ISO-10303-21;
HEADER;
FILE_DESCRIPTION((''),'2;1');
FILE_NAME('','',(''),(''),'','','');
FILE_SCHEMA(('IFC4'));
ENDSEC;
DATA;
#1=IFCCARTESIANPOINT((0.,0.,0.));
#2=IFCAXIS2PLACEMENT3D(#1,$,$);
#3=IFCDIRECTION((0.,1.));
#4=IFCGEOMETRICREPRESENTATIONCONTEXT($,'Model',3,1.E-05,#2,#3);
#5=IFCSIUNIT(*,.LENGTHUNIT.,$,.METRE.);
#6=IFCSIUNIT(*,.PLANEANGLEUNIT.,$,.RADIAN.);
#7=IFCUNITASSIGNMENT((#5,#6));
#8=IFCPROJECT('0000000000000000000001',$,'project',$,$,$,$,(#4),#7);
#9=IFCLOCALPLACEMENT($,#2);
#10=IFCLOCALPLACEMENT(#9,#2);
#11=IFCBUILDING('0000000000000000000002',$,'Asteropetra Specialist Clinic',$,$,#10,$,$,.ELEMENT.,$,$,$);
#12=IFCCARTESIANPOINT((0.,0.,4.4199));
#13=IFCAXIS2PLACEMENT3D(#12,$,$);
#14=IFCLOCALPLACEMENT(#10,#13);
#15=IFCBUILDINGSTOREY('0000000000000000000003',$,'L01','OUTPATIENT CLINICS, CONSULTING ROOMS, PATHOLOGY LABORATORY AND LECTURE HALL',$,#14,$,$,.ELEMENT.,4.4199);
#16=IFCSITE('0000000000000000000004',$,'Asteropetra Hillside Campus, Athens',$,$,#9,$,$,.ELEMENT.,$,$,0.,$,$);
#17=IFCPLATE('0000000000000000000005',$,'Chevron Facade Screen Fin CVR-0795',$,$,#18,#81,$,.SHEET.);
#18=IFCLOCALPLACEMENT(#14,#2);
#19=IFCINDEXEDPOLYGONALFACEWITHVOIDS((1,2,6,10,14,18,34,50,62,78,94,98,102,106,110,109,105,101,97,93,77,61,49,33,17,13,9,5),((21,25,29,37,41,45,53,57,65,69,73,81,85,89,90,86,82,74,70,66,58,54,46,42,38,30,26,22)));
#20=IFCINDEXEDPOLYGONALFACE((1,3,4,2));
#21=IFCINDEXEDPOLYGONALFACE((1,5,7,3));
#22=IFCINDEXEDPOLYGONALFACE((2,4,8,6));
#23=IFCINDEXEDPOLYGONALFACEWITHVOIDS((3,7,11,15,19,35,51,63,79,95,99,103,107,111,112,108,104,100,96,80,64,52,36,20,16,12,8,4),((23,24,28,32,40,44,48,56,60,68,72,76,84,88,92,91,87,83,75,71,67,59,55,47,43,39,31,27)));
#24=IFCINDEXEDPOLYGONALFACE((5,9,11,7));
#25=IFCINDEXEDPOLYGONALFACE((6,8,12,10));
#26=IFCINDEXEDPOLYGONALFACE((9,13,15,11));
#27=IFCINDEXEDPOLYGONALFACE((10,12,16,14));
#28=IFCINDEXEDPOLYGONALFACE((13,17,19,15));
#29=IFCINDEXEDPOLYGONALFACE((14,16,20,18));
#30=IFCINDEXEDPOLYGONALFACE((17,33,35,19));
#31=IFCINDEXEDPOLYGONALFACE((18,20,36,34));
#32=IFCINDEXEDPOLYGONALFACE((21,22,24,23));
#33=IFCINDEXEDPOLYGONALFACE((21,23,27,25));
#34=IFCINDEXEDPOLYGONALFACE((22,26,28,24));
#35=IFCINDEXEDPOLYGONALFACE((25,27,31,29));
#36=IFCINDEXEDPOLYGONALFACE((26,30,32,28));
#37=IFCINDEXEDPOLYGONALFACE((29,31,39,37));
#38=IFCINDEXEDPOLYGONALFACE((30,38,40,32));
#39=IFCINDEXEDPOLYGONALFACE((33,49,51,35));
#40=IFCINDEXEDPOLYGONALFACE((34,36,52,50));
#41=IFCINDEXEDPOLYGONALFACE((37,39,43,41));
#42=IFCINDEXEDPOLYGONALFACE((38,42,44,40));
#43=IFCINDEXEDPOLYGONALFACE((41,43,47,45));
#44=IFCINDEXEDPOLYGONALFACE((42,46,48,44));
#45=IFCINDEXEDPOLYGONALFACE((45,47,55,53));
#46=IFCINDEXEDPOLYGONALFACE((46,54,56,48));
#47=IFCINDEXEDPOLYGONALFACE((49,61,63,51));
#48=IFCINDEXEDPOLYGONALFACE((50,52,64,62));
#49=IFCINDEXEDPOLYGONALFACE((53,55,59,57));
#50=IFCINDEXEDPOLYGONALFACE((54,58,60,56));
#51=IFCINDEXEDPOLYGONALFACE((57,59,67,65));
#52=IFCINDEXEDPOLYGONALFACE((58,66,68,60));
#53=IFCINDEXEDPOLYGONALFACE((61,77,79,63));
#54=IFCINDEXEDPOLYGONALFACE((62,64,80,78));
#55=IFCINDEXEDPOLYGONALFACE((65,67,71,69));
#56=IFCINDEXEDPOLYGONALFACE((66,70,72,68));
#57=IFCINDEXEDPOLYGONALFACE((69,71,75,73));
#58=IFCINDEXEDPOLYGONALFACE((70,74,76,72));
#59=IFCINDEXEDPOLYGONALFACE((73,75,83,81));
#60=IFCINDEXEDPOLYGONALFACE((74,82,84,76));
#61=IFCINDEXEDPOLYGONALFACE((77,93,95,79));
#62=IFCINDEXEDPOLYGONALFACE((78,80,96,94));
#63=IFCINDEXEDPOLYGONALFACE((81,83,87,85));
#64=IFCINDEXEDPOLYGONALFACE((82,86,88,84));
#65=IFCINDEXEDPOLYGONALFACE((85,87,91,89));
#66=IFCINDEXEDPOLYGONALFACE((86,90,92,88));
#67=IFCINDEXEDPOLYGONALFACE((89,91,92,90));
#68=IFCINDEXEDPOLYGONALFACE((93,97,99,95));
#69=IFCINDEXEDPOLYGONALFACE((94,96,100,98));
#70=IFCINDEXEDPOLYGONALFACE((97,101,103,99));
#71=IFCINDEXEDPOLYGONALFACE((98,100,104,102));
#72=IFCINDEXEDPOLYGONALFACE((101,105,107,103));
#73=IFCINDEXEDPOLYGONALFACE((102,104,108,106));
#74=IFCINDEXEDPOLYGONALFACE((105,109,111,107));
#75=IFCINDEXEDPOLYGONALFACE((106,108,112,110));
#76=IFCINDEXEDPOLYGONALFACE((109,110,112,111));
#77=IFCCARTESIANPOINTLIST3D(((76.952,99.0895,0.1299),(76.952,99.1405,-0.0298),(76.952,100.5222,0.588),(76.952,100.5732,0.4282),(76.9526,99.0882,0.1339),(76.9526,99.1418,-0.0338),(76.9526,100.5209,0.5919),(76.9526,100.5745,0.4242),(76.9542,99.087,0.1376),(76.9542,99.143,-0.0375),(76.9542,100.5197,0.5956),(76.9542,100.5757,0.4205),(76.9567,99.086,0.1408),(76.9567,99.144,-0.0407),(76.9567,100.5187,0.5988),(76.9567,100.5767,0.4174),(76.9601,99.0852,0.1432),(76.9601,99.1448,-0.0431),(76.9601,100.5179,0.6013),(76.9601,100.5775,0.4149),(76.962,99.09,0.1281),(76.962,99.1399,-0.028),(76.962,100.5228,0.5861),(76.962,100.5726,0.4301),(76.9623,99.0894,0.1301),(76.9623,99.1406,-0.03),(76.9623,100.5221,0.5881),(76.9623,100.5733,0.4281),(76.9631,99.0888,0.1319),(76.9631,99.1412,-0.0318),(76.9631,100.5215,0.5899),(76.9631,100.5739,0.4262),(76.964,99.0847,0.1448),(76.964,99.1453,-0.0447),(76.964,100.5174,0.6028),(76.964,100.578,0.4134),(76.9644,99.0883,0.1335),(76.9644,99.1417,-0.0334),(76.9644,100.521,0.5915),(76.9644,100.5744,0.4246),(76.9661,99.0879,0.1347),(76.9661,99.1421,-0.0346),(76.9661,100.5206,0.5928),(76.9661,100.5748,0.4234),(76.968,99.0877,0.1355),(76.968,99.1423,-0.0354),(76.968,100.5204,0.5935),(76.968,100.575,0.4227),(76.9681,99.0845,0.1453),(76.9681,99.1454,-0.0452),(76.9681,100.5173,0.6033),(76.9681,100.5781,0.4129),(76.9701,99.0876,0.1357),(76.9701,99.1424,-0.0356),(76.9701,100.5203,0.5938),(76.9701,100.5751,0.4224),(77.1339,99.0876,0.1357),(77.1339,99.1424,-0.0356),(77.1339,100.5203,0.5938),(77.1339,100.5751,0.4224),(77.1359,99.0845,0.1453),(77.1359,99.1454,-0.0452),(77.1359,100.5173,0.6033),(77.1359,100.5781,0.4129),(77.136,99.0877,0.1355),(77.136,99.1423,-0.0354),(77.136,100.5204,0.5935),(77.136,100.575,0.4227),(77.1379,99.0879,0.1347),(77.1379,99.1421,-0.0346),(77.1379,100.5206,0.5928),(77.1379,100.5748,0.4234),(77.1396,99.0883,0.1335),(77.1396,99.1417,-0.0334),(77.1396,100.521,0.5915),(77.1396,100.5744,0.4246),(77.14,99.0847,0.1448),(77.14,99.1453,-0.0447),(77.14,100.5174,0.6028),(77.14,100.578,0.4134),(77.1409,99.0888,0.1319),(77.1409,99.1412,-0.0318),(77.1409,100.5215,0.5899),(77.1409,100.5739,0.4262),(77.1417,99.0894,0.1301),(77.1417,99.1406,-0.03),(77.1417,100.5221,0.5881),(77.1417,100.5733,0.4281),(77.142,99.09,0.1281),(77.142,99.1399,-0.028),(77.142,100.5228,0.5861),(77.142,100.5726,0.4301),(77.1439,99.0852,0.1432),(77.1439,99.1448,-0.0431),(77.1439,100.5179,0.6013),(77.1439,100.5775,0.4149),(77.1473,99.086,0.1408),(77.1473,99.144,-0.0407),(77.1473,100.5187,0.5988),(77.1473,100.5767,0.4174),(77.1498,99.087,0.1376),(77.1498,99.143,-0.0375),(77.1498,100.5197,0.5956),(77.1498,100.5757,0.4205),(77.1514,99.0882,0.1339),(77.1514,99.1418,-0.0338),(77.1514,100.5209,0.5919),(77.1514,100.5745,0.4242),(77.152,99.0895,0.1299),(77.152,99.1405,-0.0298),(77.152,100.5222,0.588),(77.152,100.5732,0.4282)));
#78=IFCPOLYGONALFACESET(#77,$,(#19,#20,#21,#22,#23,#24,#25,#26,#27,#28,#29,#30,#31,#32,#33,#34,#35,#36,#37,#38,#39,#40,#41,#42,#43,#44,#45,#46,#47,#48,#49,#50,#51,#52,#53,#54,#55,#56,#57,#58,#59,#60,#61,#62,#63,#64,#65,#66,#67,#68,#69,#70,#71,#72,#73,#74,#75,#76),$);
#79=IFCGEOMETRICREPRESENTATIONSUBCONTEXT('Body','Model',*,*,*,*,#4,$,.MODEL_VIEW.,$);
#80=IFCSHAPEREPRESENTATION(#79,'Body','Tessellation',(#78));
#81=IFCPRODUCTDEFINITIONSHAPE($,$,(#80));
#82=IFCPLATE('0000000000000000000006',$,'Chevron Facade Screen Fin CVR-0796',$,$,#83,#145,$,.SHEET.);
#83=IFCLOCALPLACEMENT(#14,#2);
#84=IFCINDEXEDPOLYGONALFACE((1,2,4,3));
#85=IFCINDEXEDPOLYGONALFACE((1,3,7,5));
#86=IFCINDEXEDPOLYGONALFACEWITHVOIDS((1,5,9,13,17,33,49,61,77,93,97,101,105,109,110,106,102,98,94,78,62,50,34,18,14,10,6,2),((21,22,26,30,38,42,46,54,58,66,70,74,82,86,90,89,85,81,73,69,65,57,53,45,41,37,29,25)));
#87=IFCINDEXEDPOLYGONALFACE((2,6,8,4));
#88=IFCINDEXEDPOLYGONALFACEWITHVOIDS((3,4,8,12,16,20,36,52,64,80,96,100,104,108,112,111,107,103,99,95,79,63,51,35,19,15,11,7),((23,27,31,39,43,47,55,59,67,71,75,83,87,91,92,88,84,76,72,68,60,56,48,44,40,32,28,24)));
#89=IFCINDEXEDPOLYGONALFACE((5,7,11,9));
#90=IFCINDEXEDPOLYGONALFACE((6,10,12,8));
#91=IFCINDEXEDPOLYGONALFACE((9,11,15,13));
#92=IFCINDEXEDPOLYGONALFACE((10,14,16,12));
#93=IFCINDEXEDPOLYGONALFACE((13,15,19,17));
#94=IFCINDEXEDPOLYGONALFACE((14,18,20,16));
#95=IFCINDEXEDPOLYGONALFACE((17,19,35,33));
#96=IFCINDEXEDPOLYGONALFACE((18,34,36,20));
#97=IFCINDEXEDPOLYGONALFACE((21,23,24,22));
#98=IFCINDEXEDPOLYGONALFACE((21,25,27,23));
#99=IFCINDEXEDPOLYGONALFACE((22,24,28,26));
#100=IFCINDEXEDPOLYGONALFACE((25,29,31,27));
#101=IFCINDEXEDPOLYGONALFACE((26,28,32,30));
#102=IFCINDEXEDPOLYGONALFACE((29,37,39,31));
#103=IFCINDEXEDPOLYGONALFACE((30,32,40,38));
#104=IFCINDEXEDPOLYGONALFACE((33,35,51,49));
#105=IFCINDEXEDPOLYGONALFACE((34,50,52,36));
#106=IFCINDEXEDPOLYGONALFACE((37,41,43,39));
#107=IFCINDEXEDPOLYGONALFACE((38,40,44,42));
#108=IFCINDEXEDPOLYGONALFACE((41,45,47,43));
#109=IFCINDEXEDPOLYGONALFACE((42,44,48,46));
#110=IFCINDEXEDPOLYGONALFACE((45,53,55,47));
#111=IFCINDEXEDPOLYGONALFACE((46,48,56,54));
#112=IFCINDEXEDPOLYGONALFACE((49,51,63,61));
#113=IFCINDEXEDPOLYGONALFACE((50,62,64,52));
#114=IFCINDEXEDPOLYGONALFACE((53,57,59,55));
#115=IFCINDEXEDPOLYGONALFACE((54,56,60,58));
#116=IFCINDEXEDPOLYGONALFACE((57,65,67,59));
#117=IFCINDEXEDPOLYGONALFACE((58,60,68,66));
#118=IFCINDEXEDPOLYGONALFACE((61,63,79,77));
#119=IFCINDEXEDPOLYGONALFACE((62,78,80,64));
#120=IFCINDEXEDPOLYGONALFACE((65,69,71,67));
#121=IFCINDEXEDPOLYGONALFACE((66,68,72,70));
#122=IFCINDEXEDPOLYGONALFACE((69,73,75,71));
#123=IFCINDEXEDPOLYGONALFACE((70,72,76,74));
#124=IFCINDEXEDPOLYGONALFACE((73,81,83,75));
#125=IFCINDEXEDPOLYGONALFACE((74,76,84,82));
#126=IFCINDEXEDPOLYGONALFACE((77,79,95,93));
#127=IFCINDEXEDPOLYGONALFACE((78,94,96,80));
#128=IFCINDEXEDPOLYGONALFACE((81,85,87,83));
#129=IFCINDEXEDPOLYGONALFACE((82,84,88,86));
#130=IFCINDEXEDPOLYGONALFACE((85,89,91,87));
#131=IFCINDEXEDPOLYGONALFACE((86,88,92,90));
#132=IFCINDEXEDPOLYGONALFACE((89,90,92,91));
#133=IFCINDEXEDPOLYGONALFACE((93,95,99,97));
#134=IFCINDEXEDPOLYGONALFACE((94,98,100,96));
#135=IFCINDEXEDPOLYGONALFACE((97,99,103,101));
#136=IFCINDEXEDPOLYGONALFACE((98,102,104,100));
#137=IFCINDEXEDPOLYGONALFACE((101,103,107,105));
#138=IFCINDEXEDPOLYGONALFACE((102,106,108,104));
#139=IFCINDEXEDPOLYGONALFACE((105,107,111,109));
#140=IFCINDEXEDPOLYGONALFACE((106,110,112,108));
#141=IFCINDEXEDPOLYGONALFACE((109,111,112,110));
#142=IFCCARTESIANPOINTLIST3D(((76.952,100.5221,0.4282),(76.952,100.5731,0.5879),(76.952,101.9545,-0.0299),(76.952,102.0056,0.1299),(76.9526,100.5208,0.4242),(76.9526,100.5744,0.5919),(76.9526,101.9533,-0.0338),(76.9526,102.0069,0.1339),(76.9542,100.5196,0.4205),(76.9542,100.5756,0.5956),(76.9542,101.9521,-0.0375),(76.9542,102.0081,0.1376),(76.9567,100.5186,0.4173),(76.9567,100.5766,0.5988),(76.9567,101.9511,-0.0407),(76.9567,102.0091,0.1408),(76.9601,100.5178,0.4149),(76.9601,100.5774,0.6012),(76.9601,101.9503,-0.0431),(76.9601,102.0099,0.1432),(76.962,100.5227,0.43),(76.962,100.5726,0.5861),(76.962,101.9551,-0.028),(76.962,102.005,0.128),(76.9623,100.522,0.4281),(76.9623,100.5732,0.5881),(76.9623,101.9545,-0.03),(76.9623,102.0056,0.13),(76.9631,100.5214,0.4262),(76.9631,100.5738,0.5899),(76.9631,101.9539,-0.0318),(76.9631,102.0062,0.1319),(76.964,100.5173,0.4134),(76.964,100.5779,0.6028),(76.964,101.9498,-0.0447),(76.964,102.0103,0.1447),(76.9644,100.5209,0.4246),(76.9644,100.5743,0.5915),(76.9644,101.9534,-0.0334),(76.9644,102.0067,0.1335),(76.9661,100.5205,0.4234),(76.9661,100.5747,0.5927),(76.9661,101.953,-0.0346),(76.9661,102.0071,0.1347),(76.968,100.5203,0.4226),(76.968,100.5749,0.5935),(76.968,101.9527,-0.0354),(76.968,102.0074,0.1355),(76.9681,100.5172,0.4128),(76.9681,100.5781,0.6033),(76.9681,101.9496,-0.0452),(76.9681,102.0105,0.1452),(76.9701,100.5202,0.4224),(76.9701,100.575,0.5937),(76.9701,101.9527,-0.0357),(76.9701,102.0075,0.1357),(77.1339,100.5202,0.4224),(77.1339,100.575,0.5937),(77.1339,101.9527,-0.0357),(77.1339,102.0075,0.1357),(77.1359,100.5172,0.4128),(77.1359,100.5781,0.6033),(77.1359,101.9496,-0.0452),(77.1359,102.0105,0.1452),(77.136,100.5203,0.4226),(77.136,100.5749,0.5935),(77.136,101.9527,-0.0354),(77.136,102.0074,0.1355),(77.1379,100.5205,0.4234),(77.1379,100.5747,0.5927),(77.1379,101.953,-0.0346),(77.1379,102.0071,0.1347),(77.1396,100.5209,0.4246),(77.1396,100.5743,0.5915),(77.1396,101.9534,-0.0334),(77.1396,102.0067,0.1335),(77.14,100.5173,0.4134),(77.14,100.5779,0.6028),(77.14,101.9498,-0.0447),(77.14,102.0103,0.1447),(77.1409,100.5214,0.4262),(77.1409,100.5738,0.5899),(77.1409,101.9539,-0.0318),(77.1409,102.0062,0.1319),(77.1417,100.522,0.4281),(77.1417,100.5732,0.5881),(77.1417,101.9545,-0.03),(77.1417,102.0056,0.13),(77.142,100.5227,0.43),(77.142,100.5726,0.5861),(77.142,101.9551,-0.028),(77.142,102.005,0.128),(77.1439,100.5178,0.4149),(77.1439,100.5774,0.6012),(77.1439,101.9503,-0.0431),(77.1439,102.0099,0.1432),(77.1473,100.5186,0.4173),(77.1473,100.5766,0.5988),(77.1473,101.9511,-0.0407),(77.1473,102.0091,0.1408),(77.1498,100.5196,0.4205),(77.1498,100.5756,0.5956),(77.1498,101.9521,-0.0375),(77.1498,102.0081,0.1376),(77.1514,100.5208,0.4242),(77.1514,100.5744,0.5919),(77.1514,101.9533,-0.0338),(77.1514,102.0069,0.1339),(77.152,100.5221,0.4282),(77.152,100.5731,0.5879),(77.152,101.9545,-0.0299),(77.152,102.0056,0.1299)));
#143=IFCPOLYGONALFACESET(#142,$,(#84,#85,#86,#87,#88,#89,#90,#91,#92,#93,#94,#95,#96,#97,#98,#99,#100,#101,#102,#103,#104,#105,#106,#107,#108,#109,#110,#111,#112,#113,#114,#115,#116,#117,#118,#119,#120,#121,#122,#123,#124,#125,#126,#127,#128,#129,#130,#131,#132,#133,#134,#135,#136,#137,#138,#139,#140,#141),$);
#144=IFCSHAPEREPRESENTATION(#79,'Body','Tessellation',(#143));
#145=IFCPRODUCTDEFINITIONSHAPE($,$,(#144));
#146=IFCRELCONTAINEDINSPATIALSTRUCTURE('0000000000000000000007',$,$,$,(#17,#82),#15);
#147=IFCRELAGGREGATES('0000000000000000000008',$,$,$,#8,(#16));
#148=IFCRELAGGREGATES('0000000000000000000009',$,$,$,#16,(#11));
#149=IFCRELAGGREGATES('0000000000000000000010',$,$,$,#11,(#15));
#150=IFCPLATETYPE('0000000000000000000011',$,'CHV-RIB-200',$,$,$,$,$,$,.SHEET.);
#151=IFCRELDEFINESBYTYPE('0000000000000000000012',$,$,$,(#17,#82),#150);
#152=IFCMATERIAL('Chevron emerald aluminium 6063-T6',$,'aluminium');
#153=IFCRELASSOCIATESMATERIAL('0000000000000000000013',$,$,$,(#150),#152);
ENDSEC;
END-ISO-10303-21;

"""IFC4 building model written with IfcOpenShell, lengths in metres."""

from ifc_helpers import new_model, si_unit, direction, frame, origin, origin_2d, place, context, subcontext, project, spatial, hollow_rectangle, extrude, material, material_profile, profile_set, type_object, element, save


model = new_model("IFC4")

# Units and contexts
model_context = context("Model", 3, precision=1e-05, world=origin(), true_north=direction((0.0, 1.0)))
body_context = subcontext(model_context, "Body", "Model", "MODEL_VIEW")
ifc_project = project(units=[si_unit("LENGTHUNIT", "METRE"), si_unit("PLANEANGLEUNIT", "RADIAN")], contexts=[model_context])

# Site, building, storey
site_placement = place(None, origin())
site = spatial("IfcSite", under=ifc_project, at=site_placement, Name="Asteropetra Hillside Campus, Athens", CompositionType="ELEMENT", RefElevation=0.0)
building_placement = place(site_placement, origin())
building = spatial("IfcBuilding", under=site, at=building_placement, Name="Asteropetra Specialist Clinic", CompositionType="ELEMENT")
storey_placement = place(building_placement, frame((0.0, 0.0, 4.4199)))
storey = spatial("IfcBuildingStorey", under=building, at=storey_placement, Name="L01", Description="OUTPATIENT CLINICS, CONSULTING ROOMS, PATHOLOGY LABORATORY AND LECTURE HALL", CompositionType="ELEMENT", Elevation=4.4199)

# Plates
ifc_material_1 = material(Name="Chevron emerald aluminium 6063-T6", Category="aluminium")
ifc_material_profile = material_profile(ifc_material_1, hollow_rectangle(XDim=0.2, YDim=0.2, WallThickness=0.01, InnerFilletRadius=0.0081, OuterFilletRadius=0.0161, at=origin_2d()), Name="SHS 200x200x10.0")
ifc_profile_set = profile_set([ifc_material_profile], Name="Chevron emerald aluminium 6063-T6")
plate_type_1 = type_object("IfcPlateType", Name="CHV-RIB-200", PredefinedType="SHEET", material=ifc_profile_set)
plate_1_placement = place(storey_placement, frame((77.052, 99.115, 0.05), z_axis=(0.0, 0.952507, 0.304517), x_axis=(-1.0, 0.0, 0.0)))
element("IfcPlate", 1, at=plate_1_placement, inside=storey, type_object=plate_type_1, Name="Chevron Facade Screen Fin CVR-0795", PredefinedType="SHEET", context=body_context, shape_type="SweptSolid", body=[
    extrude(hollow_rectangle(XDim=0.2, YDim=0.2, WallThickness=0.01, InnerFilletRadius=0.0081, OuterFilletRadius=0.0161, at=origin_2d()), origin(), (0.0, 0.0, 1.0), 1.5042),
])
plate_2_placement = place(storey_placement, frame((77.052, 100.5476, 0.5081), z_axis=(0.0, 0.952492, -0.304564), x_axis=(-1.0, 0.0, 0.0)))
element("IfcPlate", 2, at=plate_2_placement, inside=storey, type_object=plate_type_1, Name="Chevron Facade Screen Fin CVR-0796", PredefinedType="SHEET", context=body_context, shape_type="SweptSolid", body=[
    extrude(hollow_rectangle(XDim=0.2, YDim=0.2, WallThickness=0.01, InnerFilletRadius=0.0081, OuterFilletRadius=0.0161, at=origin_2d()), origin(), (0.0, 0.0, 1.0), 1.5039),
])

save(model, "model.ifc")
